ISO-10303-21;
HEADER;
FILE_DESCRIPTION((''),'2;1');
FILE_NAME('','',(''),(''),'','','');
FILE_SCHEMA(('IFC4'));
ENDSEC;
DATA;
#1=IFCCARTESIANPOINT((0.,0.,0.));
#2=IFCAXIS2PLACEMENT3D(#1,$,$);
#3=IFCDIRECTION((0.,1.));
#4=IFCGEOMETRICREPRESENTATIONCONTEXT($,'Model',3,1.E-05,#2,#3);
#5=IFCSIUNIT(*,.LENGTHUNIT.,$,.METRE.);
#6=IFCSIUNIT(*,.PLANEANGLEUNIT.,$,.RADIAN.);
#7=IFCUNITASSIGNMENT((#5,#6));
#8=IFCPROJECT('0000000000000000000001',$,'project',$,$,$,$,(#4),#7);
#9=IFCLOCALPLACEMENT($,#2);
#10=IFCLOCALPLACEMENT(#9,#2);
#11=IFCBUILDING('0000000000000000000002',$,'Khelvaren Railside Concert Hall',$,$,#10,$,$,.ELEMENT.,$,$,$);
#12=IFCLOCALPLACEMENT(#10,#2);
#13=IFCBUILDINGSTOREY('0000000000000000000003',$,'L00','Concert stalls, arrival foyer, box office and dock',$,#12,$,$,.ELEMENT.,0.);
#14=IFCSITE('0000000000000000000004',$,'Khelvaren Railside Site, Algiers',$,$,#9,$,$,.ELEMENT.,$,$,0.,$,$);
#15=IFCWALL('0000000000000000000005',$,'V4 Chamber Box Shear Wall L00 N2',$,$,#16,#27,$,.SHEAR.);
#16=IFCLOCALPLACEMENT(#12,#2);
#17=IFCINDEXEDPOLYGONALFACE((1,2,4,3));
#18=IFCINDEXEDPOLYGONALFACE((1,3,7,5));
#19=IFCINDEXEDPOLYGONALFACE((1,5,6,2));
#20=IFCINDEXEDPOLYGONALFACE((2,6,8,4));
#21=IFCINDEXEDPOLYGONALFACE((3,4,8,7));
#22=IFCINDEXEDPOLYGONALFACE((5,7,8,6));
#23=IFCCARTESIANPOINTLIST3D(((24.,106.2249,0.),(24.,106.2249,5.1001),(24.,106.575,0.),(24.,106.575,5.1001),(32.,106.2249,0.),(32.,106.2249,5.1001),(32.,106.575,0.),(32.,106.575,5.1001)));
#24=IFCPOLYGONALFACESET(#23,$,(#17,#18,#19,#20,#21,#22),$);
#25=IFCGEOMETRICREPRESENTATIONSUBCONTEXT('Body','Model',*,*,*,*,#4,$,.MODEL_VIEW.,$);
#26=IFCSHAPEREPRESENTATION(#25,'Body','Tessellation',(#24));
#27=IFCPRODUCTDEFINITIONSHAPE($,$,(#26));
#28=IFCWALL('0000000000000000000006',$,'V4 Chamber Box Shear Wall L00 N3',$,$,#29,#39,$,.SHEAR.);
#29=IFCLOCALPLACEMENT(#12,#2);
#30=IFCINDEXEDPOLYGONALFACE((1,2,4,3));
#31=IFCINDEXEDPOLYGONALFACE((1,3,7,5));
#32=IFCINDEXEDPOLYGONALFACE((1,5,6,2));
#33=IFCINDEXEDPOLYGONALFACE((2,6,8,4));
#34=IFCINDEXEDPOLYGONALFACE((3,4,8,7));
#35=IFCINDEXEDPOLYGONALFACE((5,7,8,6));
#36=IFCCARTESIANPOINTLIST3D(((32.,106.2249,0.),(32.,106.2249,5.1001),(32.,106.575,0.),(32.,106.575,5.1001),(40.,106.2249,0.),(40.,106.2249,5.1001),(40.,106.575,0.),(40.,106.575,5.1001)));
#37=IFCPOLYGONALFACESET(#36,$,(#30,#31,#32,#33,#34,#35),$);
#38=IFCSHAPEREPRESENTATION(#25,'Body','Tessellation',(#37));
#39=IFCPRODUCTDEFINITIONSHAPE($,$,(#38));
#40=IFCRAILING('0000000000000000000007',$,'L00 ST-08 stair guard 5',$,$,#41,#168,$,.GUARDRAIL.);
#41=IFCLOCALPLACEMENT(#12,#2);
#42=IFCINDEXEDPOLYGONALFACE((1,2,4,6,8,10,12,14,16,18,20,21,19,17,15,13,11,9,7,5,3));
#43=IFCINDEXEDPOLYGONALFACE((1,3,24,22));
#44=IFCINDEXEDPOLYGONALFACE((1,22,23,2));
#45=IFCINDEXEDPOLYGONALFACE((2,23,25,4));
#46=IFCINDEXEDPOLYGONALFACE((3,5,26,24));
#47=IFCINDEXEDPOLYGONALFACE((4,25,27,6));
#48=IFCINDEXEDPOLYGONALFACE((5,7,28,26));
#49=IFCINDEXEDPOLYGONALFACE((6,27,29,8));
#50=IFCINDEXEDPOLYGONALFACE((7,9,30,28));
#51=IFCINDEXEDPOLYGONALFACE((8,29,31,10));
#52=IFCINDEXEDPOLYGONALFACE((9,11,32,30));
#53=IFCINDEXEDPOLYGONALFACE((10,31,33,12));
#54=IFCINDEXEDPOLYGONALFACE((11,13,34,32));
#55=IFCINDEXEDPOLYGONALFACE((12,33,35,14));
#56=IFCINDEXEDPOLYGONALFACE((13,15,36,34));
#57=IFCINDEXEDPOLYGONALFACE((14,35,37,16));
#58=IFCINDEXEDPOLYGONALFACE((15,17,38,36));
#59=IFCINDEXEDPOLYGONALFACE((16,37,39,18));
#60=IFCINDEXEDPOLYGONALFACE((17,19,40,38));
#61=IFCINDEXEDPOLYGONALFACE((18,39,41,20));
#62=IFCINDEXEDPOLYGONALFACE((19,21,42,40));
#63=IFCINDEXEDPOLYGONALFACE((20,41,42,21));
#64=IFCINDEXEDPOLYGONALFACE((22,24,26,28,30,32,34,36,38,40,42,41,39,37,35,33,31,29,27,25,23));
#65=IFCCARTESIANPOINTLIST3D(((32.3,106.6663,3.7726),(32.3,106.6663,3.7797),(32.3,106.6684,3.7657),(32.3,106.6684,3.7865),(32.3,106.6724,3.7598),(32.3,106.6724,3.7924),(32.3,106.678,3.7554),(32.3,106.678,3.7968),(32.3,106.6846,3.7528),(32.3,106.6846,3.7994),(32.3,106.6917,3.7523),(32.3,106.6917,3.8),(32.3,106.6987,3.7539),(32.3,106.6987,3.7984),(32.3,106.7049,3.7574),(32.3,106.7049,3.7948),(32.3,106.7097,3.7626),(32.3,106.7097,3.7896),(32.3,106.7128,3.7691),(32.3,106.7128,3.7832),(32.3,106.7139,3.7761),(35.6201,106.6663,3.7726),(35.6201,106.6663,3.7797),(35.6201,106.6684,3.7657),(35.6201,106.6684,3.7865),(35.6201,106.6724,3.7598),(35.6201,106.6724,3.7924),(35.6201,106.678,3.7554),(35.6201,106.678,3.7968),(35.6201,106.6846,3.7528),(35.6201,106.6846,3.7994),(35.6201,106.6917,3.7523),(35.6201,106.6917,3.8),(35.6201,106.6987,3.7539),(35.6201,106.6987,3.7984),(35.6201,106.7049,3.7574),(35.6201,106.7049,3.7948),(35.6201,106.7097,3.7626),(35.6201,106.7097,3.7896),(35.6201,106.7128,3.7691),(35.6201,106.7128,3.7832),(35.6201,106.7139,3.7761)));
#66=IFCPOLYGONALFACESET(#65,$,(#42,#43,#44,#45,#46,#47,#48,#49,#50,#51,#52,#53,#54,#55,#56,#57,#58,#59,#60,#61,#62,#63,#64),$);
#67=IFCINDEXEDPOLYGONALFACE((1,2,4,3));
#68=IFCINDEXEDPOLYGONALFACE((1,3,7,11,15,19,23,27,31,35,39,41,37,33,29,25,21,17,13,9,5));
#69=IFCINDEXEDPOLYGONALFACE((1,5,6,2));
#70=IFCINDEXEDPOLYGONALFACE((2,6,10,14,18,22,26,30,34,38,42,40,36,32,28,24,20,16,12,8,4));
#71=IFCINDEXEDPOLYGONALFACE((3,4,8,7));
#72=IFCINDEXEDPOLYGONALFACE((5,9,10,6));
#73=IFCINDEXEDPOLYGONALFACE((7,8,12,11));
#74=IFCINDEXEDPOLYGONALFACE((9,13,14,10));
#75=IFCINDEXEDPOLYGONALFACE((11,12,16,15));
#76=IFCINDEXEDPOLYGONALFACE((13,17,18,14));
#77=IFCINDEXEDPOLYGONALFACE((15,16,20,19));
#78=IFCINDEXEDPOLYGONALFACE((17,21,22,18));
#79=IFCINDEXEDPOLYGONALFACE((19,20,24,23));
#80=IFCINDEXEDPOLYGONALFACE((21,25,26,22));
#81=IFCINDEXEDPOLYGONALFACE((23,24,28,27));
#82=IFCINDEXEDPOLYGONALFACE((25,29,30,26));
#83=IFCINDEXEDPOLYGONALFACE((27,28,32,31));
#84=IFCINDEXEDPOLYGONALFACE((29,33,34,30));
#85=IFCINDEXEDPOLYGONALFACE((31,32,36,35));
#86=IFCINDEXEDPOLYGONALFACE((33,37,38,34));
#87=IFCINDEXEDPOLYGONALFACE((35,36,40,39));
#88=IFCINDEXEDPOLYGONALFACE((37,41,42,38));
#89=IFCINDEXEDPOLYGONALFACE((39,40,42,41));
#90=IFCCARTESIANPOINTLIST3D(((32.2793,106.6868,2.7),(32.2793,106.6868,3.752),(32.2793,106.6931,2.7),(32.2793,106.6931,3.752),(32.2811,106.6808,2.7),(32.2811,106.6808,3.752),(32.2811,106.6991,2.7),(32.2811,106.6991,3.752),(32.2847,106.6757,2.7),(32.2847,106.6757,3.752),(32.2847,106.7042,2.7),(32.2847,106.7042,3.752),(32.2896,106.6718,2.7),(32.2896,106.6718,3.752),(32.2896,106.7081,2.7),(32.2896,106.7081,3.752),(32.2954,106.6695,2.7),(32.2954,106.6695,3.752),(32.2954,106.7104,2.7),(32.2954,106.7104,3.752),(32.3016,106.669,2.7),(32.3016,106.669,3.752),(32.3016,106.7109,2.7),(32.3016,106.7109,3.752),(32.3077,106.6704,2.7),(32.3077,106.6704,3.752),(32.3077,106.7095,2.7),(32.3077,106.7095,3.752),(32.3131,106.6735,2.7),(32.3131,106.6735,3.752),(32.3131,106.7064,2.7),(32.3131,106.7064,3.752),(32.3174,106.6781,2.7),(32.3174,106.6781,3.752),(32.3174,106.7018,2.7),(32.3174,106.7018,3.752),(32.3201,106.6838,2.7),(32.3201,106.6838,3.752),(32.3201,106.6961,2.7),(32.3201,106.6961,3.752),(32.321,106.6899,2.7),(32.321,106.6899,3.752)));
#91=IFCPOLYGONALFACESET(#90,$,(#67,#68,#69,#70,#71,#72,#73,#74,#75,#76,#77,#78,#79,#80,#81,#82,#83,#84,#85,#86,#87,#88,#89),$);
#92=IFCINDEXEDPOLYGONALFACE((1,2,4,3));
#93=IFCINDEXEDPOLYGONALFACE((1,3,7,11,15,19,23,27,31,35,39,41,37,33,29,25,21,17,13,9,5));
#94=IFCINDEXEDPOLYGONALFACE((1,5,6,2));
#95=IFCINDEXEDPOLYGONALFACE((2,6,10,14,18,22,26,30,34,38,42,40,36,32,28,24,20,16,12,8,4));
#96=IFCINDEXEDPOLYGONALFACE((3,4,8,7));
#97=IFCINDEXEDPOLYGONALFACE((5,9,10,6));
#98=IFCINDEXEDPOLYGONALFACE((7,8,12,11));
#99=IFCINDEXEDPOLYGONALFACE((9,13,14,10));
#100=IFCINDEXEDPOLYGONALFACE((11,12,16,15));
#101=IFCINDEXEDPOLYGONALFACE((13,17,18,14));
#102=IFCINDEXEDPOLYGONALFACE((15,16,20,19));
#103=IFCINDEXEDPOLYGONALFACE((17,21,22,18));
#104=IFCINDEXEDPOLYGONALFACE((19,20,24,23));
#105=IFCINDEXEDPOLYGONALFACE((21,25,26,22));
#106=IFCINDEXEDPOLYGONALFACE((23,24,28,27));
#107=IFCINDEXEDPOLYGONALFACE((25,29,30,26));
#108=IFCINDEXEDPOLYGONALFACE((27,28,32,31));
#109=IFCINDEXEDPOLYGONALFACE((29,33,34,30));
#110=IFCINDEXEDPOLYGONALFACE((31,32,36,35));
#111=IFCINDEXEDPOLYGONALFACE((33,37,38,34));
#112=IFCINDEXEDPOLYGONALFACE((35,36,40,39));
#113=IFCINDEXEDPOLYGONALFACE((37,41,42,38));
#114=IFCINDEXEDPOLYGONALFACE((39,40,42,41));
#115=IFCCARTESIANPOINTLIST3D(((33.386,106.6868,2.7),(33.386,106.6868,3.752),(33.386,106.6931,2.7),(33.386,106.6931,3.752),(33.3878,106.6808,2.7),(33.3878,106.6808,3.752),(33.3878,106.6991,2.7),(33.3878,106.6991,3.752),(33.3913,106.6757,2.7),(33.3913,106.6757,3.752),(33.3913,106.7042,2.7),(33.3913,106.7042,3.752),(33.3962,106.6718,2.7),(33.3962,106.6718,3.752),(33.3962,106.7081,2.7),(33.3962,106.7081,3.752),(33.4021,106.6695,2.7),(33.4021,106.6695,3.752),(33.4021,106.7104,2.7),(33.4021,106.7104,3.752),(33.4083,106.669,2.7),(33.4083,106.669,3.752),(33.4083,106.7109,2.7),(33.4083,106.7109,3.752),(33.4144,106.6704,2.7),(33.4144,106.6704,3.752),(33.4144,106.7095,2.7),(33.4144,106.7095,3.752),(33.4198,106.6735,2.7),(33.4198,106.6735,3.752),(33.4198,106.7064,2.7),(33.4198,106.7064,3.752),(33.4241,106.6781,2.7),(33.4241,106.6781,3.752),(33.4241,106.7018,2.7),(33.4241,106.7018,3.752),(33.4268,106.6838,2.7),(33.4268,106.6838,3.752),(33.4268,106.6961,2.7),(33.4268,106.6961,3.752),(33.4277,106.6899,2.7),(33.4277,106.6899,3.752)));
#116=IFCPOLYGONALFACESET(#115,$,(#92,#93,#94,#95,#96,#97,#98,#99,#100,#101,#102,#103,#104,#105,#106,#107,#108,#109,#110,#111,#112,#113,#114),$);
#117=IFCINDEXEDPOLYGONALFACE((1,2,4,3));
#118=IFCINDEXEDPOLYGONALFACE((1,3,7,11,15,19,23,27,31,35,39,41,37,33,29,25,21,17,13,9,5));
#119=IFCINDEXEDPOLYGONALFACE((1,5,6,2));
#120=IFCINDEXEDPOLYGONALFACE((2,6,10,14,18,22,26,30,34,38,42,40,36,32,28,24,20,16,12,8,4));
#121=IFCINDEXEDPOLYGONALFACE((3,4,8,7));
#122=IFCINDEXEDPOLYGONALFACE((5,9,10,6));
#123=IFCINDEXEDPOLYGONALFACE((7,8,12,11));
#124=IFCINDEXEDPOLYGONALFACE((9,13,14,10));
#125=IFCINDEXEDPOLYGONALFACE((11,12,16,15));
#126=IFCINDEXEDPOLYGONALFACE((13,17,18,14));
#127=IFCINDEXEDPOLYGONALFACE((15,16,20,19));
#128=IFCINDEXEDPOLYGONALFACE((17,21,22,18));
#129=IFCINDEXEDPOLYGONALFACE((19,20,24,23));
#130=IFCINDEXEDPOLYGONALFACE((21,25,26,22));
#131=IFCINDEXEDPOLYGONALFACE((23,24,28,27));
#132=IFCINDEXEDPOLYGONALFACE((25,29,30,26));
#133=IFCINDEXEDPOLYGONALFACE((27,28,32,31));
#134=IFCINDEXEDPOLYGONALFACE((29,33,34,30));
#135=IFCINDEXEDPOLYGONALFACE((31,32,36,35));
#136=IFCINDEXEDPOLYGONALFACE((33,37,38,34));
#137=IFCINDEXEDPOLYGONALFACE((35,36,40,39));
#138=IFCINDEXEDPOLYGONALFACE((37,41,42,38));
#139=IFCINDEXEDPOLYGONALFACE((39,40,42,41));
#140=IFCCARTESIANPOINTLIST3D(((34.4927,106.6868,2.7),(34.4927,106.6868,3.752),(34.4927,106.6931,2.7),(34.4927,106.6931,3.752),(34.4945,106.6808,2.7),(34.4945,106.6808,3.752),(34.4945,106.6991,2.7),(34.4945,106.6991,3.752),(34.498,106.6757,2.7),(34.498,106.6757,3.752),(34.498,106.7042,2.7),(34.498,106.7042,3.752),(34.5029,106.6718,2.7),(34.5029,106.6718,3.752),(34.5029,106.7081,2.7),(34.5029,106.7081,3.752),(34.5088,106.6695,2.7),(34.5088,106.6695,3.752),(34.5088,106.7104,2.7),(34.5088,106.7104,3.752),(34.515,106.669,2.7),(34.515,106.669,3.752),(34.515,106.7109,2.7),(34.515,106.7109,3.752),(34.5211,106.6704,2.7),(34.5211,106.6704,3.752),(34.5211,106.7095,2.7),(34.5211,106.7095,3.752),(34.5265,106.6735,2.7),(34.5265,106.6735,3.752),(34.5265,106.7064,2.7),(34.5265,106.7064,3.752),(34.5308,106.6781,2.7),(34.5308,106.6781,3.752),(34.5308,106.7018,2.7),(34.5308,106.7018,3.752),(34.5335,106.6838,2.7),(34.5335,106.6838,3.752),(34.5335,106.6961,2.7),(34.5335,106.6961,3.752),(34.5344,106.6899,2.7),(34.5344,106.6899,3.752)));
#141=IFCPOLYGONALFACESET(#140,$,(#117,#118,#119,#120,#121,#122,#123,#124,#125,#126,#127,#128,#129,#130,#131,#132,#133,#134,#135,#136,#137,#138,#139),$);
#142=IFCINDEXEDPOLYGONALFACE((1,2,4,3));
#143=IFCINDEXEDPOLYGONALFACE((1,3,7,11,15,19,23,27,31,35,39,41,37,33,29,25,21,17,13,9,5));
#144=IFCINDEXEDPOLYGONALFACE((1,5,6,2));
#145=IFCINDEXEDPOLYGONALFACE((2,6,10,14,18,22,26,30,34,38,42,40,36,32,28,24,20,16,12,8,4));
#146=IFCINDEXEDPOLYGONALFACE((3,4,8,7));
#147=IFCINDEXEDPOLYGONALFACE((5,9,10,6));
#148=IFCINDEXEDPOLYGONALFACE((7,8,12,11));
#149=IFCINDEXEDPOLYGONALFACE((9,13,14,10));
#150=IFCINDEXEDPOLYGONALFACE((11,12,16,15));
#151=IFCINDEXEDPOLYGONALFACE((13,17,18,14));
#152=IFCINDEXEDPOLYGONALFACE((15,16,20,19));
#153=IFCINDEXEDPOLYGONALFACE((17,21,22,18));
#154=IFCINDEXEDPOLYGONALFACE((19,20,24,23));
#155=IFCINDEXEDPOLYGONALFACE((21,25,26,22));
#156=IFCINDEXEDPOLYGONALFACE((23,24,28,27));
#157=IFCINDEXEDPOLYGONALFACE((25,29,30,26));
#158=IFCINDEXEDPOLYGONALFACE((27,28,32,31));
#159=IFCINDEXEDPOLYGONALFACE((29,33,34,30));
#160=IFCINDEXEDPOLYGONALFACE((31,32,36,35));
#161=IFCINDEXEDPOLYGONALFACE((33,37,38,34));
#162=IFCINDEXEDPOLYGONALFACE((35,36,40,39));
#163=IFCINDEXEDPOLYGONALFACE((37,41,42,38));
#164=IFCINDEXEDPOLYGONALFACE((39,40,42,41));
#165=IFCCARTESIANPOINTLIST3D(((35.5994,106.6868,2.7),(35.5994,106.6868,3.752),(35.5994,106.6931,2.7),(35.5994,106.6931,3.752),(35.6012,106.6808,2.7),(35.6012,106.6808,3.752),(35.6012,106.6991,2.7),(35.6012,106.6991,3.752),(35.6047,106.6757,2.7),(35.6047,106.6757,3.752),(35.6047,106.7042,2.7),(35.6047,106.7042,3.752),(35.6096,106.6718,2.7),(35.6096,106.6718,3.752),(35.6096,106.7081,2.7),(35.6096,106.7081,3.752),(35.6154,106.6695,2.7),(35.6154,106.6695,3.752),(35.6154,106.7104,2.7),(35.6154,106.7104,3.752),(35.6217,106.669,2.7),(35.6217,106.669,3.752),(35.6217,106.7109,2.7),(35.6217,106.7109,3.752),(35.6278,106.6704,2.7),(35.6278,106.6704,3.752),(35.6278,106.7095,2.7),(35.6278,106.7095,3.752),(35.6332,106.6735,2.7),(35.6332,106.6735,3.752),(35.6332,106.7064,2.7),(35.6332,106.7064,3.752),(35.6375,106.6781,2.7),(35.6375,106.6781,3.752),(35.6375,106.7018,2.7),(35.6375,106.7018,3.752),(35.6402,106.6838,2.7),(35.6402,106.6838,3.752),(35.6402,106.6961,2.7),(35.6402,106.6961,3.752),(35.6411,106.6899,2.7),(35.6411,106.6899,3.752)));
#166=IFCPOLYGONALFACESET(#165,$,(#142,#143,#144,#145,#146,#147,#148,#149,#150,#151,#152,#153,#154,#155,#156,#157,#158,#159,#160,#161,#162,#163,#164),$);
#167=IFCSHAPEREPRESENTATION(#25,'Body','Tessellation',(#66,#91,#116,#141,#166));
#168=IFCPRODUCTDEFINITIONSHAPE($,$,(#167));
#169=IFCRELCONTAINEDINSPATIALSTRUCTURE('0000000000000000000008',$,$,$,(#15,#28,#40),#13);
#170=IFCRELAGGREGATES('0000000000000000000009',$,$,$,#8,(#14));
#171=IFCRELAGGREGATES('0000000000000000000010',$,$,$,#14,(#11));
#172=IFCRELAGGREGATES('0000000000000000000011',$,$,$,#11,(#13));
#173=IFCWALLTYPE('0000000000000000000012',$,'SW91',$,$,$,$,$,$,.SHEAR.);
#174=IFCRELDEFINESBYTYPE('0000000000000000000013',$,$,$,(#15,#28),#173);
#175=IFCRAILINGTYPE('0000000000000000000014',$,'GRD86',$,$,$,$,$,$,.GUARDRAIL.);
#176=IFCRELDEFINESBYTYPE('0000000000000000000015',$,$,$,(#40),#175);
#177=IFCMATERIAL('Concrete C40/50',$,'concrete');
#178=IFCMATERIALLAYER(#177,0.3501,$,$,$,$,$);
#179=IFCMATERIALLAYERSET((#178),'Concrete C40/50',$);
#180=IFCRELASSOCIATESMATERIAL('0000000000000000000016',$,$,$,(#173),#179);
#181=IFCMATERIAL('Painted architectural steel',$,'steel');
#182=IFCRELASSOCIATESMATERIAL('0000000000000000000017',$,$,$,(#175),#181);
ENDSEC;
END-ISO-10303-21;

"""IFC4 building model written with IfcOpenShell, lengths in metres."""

from ifc_helpers import new_model, si_unit, direction, frame, frame_2d, origin, origin_2d, place, context, subcontext, project, spatial, rectangle, circle, extrude, material, layer, layer_set, type_object, element, save


model = new_model("IFC4")

# Units and contexts
model_context = context("Model", 3, precision=1e-05, world=origin(), true_north=direction((0.0, 1.0)))
body_context = subcontext(model_context, "Body", "Model", "MODEL_VIEW")
ifc_project = project(units=[si_unit("LENGTHUNIT", "METRE"), si_unit("PLANEANGLEUNIT", "RADIAN")], contexts=[model_context])

# Site, building, storey
site_placement = place(None, origin())
site = spatial("IfcSite", under=ifc_project, at=site_placement, Name="Khelvaren Railside Site, Algiers", CompositionType="ELEMENT", RefElevation=0.0)
building_placement = place(site_placement, origin())
building = spatial("IfcBuilding", under=site, at=building_placement, Name="Khelvaren Railside Concert Hall", CompositionType="ELEMENT")
storey_placement = place(building_placement, origin())
storey = spatial("IfcBuildingStorey", under=building, at=storey_placement, Name="L00", Description="Concert stalls, arrival foyer, box office and dock", CompositionType="ELEMENT", Elevation=0.0)

# Shared definitions
ifc_material_1 = material(Name="Concrete C40/50", Category="concrete")

# Walls
ifc_layer_1 = layer(ifc_material_1, 0.3501)
ifc_layer_set_1 = layer_set([ifc_layer_1], Name="Concrete C40/50")
wall_type_1 = type_object("IfcWallType", Name="SW91", PredefinedType="SHEAR", material=ifc_layer_set_1)
for number, where, z_axis, x_axis, name in (
    (1, (24.0, 106.3999, 0.0), (0.0, 0.0, 1.0), (1.0, 0.0, 0.0), "V4 Chamber Box Shear Wall L00 N2"),
    (2, (32.0, 106.3999, 0.0), (0.0, 0.0, 1.0), (1.0, 0.0, 0.0), "V4 Chamber Box Shear Wall L00 N3"),
):
    element("IfcWall", number, at=place(storey_placement, frame(where, z_axis=z_axis, x_axis=x_axis)), inside=storey, type_object=wall_type_1, Name=name, PredefinedType="SHEAR", context=body_context, shape_type="SweptSolid", body=[
        extrude(rectangle(XDim=8.0, YDim=0.3501, at=frame_2d((4.0, 0.0))), origin(), (0.0, 0.0, 1.0), 5.1001),
    ])

# Railing
ifc_material_2 = material(Name="Painted architectural steel", Category="steel")
railing_type = type_object("IfcRailingType", Name="GRD86", PredefinedType="GUARDRAIL", material=ifc_material_2)
railing_1_placement = place(storey_placement, frame((32.3, 106.6899, 2.7)))
element("IfcRailing", 3, at=railing_1_placement, inside=storey, type_object=railing_type, Name="L00 ST-08 stair guard 5", PredefinedType="GUARDRAIL", context=body_context, shape_type="SweptSolid", body=[
    extrude(circle(Radius=0.0239, at=origin_2d()), frame((0.0, 0.0, 1.0762), z_axis=(1.0, 0.0, 0.0), x_axis=(0.0, 1.0, 0.0)), (0.0, 0.0, 1.0), 3.3201),
    extrude(circle(Radius=0.021, at=origin_2d()), origin(), (0.0, 0.0, 1.0), 1.052),
    extrude(circle(Radius=0.021, at=origin_2d()), frame((1.1067, 0.0, 0.0)), (0.0, 0.0, 1.0), 1.052),
    extrude(circle(Radius=0.021, at=origin_2d()), frame((2.2134, 0.0, 0.0)), (0.0, 0.0, 1.0), 1.052),
    extrude(circle(Radius=0.021, at=origin_2d()), frame((3.3201, 0.0, 0.0)), (0.0, 0.0, 1.0), 1.052),
])

save(model, "model.ifc")
